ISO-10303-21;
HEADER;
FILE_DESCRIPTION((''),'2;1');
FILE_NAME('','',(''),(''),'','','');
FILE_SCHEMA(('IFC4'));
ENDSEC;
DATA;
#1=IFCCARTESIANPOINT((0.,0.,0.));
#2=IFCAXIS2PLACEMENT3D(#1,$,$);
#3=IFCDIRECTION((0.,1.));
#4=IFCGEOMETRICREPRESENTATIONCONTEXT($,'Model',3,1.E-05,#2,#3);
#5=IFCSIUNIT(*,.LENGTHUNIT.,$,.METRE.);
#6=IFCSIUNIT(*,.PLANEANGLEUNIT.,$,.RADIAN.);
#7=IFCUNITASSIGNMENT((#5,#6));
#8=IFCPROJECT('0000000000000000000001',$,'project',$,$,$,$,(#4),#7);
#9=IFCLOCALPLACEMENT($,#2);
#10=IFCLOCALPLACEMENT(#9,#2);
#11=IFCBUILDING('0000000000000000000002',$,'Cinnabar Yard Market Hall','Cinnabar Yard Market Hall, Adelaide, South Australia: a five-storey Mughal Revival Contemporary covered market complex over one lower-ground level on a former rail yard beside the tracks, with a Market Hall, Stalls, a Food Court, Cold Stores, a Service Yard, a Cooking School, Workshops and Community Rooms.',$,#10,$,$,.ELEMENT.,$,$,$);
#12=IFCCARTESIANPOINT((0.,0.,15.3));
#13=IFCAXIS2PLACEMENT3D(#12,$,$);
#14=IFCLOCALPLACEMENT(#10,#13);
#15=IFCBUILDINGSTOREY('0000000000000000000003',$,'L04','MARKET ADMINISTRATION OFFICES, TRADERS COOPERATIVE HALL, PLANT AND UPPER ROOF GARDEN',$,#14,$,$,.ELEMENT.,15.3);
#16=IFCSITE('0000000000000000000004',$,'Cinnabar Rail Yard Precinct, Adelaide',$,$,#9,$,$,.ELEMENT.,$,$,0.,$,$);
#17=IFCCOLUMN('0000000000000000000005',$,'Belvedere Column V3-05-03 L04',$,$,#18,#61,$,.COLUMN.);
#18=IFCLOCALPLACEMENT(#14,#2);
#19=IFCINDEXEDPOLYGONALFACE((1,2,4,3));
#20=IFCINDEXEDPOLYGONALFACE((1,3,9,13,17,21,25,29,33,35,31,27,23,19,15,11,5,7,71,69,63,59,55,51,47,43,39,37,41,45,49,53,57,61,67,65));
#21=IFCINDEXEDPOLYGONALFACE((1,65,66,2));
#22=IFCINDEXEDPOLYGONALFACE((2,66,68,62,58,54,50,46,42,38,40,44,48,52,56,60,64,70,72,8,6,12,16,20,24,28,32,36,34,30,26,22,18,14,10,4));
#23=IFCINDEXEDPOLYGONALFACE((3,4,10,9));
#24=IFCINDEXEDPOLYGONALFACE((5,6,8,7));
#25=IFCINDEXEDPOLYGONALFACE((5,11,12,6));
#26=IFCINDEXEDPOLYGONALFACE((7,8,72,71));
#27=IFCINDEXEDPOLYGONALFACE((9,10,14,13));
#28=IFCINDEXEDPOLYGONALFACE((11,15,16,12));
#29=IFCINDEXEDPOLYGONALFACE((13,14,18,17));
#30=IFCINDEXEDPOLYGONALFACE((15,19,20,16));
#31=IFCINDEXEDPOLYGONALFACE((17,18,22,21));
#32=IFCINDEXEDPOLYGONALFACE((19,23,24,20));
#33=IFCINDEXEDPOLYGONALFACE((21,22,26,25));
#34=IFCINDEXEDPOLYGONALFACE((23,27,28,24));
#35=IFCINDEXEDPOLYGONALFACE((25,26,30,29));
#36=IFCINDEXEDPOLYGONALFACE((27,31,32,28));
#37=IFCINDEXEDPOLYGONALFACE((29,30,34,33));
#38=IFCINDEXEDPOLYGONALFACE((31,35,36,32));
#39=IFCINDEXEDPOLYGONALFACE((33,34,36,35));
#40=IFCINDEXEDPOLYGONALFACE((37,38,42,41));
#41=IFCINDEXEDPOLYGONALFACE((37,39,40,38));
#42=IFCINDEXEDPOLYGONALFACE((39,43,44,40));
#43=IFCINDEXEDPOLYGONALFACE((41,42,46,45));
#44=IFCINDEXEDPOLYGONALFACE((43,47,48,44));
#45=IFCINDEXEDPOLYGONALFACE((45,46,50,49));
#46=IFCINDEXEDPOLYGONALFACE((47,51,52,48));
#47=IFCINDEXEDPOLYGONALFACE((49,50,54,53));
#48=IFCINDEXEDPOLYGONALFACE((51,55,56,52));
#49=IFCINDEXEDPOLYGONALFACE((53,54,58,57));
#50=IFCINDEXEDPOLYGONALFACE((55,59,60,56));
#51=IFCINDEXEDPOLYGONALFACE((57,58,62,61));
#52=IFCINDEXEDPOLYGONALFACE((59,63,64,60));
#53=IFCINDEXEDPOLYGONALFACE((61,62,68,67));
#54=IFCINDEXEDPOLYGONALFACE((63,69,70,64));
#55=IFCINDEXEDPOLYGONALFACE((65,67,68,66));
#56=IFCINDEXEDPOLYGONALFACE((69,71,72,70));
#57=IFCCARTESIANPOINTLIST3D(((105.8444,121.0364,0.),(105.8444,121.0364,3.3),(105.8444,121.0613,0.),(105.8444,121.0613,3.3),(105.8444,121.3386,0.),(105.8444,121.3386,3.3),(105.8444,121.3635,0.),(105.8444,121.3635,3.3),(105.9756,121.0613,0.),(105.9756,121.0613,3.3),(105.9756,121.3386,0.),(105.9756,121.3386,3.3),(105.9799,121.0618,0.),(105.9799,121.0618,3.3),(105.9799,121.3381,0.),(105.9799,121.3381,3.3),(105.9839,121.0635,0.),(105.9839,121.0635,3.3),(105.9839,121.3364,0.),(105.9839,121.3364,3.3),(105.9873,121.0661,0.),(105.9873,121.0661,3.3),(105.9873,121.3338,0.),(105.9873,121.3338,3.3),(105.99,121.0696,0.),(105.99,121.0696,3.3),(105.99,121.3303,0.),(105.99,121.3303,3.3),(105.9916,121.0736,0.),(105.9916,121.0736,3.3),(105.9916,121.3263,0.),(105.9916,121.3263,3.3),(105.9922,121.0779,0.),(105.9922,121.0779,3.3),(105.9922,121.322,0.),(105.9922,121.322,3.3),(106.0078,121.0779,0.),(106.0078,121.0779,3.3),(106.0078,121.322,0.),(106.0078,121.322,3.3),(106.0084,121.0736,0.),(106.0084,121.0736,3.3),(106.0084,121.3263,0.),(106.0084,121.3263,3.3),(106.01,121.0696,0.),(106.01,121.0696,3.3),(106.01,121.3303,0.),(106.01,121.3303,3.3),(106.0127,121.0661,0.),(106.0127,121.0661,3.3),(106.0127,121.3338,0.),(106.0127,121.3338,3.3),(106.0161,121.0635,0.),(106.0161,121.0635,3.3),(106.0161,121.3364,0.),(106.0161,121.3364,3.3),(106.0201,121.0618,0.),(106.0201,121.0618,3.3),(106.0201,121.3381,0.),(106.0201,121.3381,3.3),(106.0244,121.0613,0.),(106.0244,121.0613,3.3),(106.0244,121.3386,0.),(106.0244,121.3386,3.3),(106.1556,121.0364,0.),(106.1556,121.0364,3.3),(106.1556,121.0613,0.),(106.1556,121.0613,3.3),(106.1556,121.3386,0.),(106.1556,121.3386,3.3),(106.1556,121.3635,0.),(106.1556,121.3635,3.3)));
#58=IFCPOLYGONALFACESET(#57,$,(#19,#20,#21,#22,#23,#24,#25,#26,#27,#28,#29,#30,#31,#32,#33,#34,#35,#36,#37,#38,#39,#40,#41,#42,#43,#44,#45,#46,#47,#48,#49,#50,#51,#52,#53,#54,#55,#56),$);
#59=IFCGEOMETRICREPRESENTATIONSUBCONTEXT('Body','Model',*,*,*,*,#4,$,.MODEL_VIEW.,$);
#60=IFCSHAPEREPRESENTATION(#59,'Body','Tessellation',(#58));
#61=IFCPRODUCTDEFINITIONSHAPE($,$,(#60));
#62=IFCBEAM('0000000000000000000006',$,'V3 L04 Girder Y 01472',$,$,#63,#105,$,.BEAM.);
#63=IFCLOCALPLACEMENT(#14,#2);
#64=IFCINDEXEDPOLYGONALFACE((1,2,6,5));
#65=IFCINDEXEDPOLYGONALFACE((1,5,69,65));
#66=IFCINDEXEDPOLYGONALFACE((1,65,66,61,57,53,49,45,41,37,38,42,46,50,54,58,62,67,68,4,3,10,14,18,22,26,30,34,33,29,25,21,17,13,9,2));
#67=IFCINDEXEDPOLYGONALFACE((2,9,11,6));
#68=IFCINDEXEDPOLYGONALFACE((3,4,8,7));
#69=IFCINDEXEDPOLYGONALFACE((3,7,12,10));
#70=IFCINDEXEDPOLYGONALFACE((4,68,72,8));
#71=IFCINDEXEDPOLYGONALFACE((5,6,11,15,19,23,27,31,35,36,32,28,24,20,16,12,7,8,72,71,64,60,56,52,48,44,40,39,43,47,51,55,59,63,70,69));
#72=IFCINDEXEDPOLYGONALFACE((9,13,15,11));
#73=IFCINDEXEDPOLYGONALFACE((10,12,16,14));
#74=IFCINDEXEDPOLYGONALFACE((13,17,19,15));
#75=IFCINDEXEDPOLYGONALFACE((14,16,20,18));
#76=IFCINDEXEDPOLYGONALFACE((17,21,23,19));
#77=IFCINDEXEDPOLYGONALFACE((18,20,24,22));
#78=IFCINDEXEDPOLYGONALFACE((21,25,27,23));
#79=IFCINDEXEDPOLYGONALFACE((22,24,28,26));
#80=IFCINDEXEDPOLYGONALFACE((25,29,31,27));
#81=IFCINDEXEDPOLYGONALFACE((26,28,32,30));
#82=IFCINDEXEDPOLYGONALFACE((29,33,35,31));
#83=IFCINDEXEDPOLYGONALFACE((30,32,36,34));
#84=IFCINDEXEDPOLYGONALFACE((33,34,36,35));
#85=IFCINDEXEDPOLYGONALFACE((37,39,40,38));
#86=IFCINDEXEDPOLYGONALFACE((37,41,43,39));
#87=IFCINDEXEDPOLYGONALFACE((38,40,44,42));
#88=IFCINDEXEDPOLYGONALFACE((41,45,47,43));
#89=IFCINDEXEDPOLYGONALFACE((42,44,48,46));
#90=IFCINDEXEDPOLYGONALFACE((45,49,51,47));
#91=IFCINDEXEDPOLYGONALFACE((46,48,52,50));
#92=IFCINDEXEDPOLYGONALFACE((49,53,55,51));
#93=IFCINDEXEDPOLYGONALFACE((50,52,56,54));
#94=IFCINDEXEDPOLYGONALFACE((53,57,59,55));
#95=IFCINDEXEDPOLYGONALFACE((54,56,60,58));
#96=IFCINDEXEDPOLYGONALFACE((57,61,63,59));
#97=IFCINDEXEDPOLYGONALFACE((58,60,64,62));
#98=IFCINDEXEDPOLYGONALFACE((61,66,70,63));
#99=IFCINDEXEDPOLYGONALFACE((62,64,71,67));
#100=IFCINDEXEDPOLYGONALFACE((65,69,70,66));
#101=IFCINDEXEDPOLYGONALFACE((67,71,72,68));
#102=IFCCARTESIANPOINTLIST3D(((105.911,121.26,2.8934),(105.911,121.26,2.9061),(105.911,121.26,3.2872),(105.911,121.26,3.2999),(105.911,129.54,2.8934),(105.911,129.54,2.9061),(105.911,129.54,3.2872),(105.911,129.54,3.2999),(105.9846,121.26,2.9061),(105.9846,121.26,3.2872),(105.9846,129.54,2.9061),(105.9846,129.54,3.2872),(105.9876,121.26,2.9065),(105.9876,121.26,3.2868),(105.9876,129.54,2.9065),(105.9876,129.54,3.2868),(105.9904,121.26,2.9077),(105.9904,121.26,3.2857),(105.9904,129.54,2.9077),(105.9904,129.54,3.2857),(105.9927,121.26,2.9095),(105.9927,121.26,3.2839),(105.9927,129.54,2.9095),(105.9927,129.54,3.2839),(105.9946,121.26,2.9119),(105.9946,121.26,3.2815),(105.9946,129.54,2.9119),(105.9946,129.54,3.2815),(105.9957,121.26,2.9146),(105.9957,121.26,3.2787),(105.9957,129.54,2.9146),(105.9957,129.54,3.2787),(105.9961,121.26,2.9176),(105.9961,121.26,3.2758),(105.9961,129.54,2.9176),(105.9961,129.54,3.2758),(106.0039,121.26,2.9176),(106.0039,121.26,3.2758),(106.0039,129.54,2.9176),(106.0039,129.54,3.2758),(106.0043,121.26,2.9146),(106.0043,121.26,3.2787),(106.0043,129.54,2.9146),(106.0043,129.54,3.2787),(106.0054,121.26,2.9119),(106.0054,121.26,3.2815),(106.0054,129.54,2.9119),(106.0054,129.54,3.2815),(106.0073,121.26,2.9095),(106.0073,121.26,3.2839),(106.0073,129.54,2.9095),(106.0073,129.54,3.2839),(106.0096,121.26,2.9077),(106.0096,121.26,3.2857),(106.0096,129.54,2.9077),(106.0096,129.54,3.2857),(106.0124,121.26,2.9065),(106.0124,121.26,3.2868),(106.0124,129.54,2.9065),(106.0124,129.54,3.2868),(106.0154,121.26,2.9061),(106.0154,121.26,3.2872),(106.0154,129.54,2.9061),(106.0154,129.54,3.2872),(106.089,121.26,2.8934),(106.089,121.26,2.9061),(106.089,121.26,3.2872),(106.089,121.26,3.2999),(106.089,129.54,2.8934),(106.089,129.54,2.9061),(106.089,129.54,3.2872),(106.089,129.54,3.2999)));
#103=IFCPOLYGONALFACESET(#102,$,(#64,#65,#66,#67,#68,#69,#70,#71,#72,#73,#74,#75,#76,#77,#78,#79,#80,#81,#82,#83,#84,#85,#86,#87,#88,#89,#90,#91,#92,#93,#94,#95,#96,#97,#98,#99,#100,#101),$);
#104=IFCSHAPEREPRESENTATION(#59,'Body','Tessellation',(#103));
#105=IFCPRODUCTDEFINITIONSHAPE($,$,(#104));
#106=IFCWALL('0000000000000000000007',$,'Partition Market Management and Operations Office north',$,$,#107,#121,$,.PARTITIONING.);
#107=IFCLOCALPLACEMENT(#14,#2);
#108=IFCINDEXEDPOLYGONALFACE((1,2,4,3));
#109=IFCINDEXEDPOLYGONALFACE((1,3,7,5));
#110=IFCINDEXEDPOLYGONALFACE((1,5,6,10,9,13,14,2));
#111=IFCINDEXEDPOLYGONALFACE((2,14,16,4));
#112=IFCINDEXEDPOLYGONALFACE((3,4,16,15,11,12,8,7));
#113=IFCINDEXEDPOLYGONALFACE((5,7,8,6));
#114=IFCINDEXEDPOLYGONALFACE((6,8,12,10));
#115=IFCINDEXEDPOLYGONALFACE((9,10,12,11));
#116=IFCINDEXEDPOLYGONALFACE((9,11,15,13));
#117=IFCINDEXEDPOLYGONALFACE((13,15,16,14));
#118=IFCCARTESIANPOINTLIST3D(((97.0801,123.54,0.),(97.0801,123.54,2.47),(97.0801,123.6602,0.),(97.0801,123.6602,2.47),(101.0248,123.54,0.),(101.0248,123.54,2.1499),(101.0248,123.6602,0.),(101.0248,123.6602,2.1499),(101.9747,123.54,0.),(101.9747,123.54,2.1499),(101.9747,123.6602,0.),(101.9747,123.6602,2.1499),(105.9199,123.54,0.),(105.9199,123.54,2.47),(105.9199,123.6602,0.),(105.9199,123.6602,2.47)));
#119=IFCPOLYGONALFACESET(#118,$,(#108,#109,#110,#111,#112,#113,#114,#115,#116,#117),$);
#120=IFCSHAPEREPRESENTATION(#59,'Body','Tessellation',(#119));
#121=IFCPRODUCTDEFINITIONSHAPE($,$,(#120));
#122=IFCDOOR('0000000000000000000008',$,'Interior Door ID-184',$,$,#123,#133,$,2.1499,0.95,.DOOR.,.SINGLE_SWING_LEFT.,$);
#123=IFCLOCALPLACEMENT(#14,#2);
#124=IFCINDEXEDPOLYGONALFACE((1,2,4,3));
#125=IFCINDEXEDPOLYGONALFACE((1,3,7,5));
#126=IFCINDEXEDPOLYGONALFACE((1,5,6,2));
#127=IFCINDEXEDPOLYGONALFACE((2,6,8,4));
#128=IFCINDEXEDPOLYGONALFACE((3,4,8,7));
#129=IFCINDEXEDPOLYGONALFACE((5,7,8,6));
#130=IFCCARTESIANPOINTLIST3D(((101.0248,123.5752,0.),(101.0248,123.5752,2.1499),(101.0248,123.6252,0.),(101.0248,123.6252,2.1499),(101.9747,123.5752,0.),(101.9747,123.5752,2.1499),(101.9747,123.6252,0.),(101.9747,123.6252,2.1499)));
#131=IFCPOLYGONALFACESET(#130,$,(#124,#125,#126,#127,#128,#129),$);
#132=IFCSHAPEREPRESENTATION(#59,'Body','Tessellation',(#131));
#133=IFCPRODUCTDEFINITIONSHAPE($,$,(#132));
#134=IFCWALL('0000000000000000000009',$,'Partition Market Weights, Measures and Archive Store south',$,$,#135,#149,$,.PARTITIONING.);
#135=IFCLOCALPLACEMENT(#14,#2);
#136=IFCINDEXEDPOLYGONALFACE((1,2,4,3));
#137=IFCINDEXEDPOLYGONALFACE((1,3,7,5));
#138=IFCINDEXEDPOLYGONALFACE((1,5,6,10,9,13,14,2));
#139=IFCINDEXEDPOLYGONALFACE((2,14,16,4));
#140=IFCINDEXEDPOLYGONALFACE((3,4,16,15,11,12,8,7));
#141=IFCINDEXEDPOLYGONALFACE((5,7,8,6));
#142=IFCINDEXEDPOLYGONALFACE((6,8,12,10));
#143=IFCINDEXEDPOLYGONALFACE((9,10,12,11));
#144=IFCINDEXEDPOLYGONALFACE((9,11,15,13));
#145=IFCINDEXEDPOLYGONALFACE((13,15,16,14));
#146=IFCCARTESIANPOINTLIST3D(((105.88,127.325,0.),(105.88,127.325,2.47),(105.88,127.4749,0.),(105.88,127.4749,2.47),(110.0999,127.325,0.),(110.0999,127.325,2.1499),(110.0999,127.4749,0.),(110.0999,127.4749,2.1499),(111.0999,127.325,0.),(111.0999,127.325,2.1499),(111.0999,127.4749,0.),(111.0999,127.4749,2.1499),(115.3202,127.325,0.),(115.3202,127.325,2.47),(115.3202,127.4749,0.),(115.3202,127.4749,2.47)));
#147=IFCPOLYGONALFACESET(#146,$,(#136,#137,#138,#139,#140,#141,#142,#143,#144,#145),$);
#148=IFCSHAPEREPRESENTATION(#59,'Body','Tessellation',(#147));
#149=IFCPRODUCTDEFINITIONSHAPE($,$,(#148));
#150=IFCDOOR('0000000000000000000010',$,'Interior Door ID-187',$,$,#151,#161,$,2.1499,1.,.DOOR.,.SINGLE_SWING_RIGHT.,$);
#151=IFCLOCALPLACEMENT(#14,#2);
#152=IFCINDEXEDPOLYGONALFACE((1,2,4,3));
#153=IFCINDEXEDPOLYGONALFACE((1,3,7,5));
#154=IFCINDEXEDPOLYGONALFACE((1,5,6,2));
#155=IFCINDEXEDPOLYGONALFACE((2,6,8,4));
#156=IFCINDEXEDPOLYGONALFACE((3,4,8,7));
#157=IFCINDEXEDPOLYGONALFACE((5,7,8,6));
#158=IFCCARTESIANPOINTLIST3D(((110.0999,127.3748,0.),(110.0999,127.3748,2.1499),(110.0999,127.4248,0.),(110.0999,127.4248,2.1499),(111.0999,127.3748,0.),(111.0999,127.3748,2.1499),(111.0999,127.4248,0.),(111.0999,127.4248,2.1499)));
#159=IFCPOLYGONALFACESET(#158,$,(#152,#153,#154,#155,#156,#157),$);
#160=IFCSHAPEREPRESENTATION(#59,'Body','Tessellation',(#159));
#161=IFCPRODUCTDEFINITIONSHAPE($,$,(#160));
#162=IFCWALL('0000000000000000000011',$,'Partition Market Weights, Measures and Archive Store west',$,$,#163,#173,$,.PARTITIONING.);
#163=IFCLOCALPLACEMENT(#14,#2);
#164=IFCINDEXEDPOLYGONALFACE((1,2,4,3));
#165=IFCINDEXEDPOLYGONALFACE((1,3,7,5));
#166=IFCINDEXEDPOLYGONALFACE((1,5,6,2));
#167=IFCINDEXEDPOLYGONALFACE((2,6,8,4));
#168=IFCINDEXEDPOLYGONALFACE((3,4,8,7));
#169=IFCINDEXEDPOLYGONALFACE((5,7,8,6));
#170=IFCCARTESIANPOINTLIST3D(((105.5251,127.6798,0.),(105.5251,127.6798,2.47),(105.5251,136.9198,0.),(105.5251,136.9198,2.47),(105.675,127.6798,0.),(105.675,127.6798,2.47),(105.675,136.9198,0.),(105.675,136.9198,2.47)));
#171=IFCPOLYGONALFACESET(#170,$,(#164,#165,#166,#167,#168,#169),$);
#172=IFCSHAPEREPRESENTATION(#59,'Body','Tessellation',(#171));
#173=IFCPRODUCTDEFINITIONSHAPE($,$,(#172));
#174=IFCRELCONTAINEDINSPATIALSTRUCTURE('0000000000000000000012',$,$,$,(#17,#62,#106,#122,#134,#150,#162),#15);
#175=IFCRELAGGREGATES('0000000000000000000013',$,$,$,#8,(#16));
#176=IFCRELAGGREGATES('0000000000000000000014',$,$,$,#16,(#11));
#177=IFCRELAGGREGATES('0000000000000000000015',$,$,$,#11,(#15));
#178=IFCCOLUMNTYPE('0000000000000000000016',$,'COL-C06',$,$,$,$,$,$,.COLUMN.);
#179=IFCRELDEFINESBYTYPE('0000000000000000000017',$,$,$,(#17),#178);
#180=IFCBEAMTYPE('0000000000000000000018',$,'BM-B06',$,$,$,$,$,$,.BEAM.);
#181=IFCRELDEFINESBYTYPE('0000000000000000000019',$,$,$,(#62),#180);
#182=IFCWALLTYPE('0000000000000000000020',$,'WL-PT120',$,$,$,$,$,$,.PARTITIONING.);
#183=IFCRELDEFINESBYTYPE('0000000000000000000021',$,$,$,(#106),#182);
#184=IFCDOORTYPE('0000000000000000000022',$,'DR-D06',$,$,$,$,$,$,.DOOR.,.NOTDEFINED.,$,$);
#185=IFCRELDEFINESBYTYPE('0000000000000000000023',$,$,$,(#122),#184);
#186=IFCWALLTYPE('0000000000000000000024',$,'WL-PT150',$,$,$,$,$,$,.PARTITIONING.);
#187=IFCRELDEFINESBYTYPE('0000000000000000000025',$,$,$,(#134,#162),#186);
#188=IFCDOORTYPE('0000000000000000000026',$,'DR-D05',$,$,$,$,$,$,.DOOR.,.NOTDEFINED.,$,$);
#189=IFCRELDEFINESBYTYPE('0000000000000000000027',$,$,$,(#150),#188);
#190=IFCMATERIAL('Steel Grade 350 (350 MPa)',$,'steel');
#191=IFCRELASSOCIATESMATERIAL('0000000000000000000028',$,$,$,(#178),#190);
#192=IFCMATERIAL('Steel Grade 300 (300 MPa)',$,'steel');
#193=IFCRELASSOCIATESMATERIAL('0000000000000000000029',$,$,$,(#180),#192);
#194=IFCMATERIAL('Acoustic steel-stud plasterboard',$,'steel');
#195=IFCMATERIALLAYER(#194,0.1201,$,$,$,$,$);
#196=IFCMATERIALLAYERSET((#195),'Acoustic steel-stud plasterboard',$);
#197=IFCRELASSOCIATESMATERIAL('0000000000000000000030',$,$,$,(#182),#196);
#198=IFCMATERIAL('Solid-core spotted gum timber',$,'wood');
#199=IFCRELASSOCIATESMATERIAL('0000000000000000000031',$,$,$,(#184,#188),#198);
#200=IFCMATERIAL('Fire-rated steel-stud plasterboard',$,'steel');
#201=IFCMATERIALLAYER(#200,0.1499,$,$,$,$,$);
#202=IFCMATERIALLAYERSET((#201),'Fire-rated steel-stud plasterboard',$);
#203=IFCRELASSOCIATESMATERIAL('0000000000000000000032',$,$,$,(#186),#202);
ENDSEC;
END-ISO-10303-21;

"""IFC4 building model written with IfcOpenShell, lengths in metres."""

from ifc_helpers import new_model, si_unit, direction, frame, frame_2d, origin, origin_2d_with_axis, place, context, subcontext, project, spatial, rectangle, i_section, extrude, material, layer, layer_set, material_profile, profile_set, type_object, element, fill, save


model = new_model("IFC4")

# Units and contexts
model_context = context("Model", 3, precision=1e-05, world=origin(), true_north=direction((0.0, 1.0)))
body_context = subcontext(model_context, "Body", "Model", "MODEL_VIEW")
ifc_project = project(units=[si_unit("LENGTHUNIT", "METRE"), si_unit("PLANEANGLEUNIT", "RADIAN")], contexts=[model_context])

# Site, building, storey
site_placement = place(None, origin())
site = spatial("IfcSite", under=ifc_project, at=site_placement, Name="Cinnabar Rail Yard Precinct, Adelaide", CompositionType="ELEMENT", RefElevation=0.0)
building_placement = place(site_placement, origin())
building = spatial("IfcBuilding", under=site, at=building_placement, Name="Cinnabar Yard Market Hall", Description="Cinnabar Yard Market Hall, Adelaide, South Australia: a five-storey Mughal Revival Contemporary covered market complex over one lower-ground level on a former rail yard beside the tracks, with a Market Hall, Stalls, a Food Court, Cold Stores, a Service Yard, a Cooking School, Workshops and Community Rooms.", CompositionType="ELEMENT")
storey_placement = place(building_placement, frame((0.0, 0.0, 15.3)))
storey = spatial("IfcBuildingStorey", under=building, at=storey_placement, Name="L04", Description="MARKET ADMINISTRATION OFFICES, TRADERS COOPERATIVE HALL, PLANT AND UPPER ROOF GARDEN", CompositionType="ELEMENT", Elevation=15.3)

# Column
ifc_material_1 = material(Name="Steel Grade 350 (350 MPa)", Category="steel")
ifc_material_profile_1 = material_profile(ifc_material_1, i_section(OverallWidth=0.3113, OverallDepth=0.3271, WebThickness=0.0156, FlangeThickness=0.0249, FilletRadius=0.0166, at=origin_2d_with_axis()), Name="310UC158")
ifc_profile_set_1 = profile_set([ifc_material_profile_1], Name="Steel Grade 350 (350 MPa)")
column_type = type_object("IfcColumnType", Name="COL-C06", PredefinedType="COLUMN", material=ifc_profile_set_1)
column_placement = place(storey_placement, frame((106.0, 121.2, 0.0), z_axis=(0.0, 0.0, 1.0), x_axis=(1.0, 0.0, 0.0)))
element("IfcColumn", 1, at=column_placement, inside=storey, type_object=column_type, Name="Belvedere Column V3-05-03 L04", PredefinedType="COLUMN", context=body_context, shape_type="SweptSolid", body=[
    extrude(i_section(OverallWidth=0.3113, OverallDepth=0.3271, WebThickness=0.0156, FlangeThickness=0.0249, FilletRadius=0.0166, at=origin_2d_with_axis()), origin(), (0.0, 0.0, 1.0), 3.3),
])

# Beam
ifc_material_2 = material(Name="Steel Grade 300 (300 MPa)", Category="steel")
ifc_material_profile_2 = material_profile(ifc_material_2, i_section(OverallWidth=0.178, OverallDepth=0.4065, WebThickness=0.0078, FlangeThickness=0.0127, FilletRadius=0.0115, at=origin_2d_with_axis()), Name="410UB59.7")
ifc_profile_set_2 = profile_set([ifc_material_profile_2], Name="Steel Grade 300 (300 MPa)")
beam_type = type_object("IfcBeamType", Name="BM-B06", PredefinedType="BEAM", material=ifc_profile_set_2)
beam_placement = place(storey_placement, frame((106.0, 121.26, 3.0967), z_axis=(0.0, 1.0, 0.0), x_axis=(-1.0, 0.0, 0.0)))
element("IfcBeam", 2, at=beam_placement, inside=storey, type_object=beam_type, Name="V3 L04 Girder Y 01472", PredefinedType="BEAM", context=body_context, shape_type="SweptSolid", body=[
    extrude(i_section(OverallWidth=0.178, OverallDepth=0.4065, WebThickness=0.0078, FlangeThickness=0.0127, FilletRadius=0.0115, at=origin_2d_with_axis()), origin(), (0.0, 0.0, 1.0), 8.28),
])

# Walls, openings, doors
ifc_material_3 = material(Name="Acoustic steel-stud plasterboard", Category="steel")
ifc_layer_1 = layer(ifc_material_3, 0.1201)
ifc_layer_set_1 = layer_set([ifc_layer_1], Name="Acoustic steel-stud plasterboard")
wall_type_1 = type_object("IfcWallType", Name="WL-PT120", PredefinedType="PARTITIONING", material=ifc_layer_set_1)
wall_1_placement = place(storey_placement, frame((105.9199, 123.6001, 0.0), z_axis=(0.0, 0.0, 1.0), x_axis=(-1.0, 0.0, 0.0)))
wall_1 = element("IfcWall", 3, at=wall_1_placement, inside=storey, type_object=wall_type_1, Name="Partition Market Management and Operations Office north", PredefinedType="PARTITIONING", context=body_context, shape_type="SweptSolid", body=[
    extrude(rectangle(XDim=8.8398, YDim=0.1201, at=frame_2d((4.4199, 0.0), x_axis=(1.0, 0.0))), origin(), (0.0, 0.0, 1.0), 2.47),
])
opening_1_placement = place(wall_1_placement, frame((3.9451, 0.0, 0.0)))
opening_1 = element("IfcOpeningElement", 4, at=opening_1_placement, cuts=wall_1, PredefinedType="OPENING", context=body_context, shape_type="SweptSolid", body=[
    extrude(rectangle(XDim=0.95, YDim=2.1499, at=frame_2d((0.4751, 1.075), x_axis=(1.0, 0.0))), frame((0.0, 0.0701, 0.0), z_axis=(0.0, -1.0, 0.0), x_axis=(1.0, 0.0, 0.0)), (0.0, 0.0, 1.0), 0.1401),
])
ifc_material_4 = material(Name="Solid-core spotted gum timber", Category="wood")
door_type_1 = type_object("IfcDoorType", Name="DR-D06", OperationType="NOTDEFINED", PredefinedType="DOOR", material=ifc_material_4)
door_1_placement = place(opening_1_placement, origin())
door_1 = element("IfcDoor", 5, at=door_1_placement, inside=storey, type_object=door_type_1, Name="Interior Door ID-184", OperationType="SINGLE_SWING_LEFT", OverallHeight=2.1499, OverallWidth=0.95, PredefinedType="DOOR", context=body_context, shape_type="SweptSolid", body=[
    extrude(rectangle(XDim=0.95, YDim=2.1499, at=frame_2d((0.4751, 1.075), x_axis=(1.0, 0.0))), frame((0.0, 0.0249, 0.0), z_axis=(0.0, -1.0, 0.0), x_axis=(1.0, 0.0, 0.0)), (0.0, 0.0, 1.0), 0.05),
])
fill(opening_1, door_1)
ifc_material_5 = material(Name="Fire-rated steel-stud plasterboard", Category="steel")
ifc_layer_2 = layer(ifc_material_5, 0.1499)
ifc_layer_set_2 = layer_set([ifc_layer_2], Name="Fire-rated steel-stud plasterboard")
wall_type_2 = type_object("IfcWallType", Name="WL-PT150", PredefinedType="PARTITIONING", material=ifc_layer_set_2)
wall_2_placement = place(storey_placement, frame((105.8799, 127.3999, 0.0), z_axis=(0.0, 0.0, 1.0), x_axis=(1.0, 0.0, 0.0)))
wall_2 = element("IfcWall", 6, at=wall_2_placement, inside=storey, type_object=wall_type_2, Name="Partition Market Weights, Measures and Archive Store south", PredefinedType="PARTITIONING", context=body_context, shape_type="SweptSolid", body=[
    extrude(rectangle(XDim=9.4402, YDim=0.1499, at=frame_2d((4.7202, 0.0), x_axis=(1.0, 0.0))), origin(), (0.0, 0.0, 1.0), 2.47),
])
opening_2_placement = place(wall_2_placement, frame((4.22, 0.0, 0.0)))
opening_2 = element("IfcOpeningElement", 7, at=opening_2_placement, cuts=wall_2, PredefinedType="OPENING", context=body_context, shape_type="SweptSolid", body=[
    extrude(rectangle(XDim=1.0, YDim=2.1499, at=frame_2d((0.5, 1.075), x_axis=(1.0, 0.0))), frame((0.0, 0.085, 0.0), z_axis=(0.0, -1.0, 0.0), x_axis=(1.0, 0.0, 0.0)), (0.0, 0.0, 1.0), 0.1699),
])
door_type_2 = type_object("IfcDoorType", Name="DR-D05", OperationType="NOTDEFINED", PredefinedType="DOOR", material=ifc_material_4)
door_2_placement = place(opening_2_placement, origin())
door_2 = element("IfcDoor", 8, at=door_2_placement, inside=storey, type_object=door_type_2, Name="Interior Door ID-187", OperationType="SINGLE_SWING_RIGHT", OverallHeight=2.1499, OverallWidth=1.0, PredefinedType="DOOR", context=body_context, shape_type="SweptSolid", body=[
    extrude(rectangle(XDim=1.0, YDim=2.1499, at=frame_2d((0.5, 1.075), x_axis=(1.0, 0.0))), frame((0.0, 0.0249, 0.0), z_axis=(0.0, -1.0, 0.0), x_axis=(1.0, 0.0, 0.0)), (0.0, 0.0, 1.0), 0.05),
])
fill(opening_2, door_2)

# Wall
wall_3_placement = place(storey_placement, frame((105.6001, 136.9199, 0.0), z_axis=(0.0, 0.0, 1.0), x_axis=(0.0, -1.0, 0.0)))
element("IfcWall", 9, at=wall_3_placement, inside=storey, type_object=wall_type_2, Name="Partition Market Weights, Measures and Archive Store west", PredefinedType="PARTITIONING", context=body_context, shape_type="SweptSolid", body=[
    extrude(rectangle(XDim=9.24, YDim=0.1499, at=frame_2d((4.6201, 0.0), x_axis=(1.0, 0.0))), origin(), (0.0, 0.0, 1.0), 2.47),
])

save(model, "model.ifc")
